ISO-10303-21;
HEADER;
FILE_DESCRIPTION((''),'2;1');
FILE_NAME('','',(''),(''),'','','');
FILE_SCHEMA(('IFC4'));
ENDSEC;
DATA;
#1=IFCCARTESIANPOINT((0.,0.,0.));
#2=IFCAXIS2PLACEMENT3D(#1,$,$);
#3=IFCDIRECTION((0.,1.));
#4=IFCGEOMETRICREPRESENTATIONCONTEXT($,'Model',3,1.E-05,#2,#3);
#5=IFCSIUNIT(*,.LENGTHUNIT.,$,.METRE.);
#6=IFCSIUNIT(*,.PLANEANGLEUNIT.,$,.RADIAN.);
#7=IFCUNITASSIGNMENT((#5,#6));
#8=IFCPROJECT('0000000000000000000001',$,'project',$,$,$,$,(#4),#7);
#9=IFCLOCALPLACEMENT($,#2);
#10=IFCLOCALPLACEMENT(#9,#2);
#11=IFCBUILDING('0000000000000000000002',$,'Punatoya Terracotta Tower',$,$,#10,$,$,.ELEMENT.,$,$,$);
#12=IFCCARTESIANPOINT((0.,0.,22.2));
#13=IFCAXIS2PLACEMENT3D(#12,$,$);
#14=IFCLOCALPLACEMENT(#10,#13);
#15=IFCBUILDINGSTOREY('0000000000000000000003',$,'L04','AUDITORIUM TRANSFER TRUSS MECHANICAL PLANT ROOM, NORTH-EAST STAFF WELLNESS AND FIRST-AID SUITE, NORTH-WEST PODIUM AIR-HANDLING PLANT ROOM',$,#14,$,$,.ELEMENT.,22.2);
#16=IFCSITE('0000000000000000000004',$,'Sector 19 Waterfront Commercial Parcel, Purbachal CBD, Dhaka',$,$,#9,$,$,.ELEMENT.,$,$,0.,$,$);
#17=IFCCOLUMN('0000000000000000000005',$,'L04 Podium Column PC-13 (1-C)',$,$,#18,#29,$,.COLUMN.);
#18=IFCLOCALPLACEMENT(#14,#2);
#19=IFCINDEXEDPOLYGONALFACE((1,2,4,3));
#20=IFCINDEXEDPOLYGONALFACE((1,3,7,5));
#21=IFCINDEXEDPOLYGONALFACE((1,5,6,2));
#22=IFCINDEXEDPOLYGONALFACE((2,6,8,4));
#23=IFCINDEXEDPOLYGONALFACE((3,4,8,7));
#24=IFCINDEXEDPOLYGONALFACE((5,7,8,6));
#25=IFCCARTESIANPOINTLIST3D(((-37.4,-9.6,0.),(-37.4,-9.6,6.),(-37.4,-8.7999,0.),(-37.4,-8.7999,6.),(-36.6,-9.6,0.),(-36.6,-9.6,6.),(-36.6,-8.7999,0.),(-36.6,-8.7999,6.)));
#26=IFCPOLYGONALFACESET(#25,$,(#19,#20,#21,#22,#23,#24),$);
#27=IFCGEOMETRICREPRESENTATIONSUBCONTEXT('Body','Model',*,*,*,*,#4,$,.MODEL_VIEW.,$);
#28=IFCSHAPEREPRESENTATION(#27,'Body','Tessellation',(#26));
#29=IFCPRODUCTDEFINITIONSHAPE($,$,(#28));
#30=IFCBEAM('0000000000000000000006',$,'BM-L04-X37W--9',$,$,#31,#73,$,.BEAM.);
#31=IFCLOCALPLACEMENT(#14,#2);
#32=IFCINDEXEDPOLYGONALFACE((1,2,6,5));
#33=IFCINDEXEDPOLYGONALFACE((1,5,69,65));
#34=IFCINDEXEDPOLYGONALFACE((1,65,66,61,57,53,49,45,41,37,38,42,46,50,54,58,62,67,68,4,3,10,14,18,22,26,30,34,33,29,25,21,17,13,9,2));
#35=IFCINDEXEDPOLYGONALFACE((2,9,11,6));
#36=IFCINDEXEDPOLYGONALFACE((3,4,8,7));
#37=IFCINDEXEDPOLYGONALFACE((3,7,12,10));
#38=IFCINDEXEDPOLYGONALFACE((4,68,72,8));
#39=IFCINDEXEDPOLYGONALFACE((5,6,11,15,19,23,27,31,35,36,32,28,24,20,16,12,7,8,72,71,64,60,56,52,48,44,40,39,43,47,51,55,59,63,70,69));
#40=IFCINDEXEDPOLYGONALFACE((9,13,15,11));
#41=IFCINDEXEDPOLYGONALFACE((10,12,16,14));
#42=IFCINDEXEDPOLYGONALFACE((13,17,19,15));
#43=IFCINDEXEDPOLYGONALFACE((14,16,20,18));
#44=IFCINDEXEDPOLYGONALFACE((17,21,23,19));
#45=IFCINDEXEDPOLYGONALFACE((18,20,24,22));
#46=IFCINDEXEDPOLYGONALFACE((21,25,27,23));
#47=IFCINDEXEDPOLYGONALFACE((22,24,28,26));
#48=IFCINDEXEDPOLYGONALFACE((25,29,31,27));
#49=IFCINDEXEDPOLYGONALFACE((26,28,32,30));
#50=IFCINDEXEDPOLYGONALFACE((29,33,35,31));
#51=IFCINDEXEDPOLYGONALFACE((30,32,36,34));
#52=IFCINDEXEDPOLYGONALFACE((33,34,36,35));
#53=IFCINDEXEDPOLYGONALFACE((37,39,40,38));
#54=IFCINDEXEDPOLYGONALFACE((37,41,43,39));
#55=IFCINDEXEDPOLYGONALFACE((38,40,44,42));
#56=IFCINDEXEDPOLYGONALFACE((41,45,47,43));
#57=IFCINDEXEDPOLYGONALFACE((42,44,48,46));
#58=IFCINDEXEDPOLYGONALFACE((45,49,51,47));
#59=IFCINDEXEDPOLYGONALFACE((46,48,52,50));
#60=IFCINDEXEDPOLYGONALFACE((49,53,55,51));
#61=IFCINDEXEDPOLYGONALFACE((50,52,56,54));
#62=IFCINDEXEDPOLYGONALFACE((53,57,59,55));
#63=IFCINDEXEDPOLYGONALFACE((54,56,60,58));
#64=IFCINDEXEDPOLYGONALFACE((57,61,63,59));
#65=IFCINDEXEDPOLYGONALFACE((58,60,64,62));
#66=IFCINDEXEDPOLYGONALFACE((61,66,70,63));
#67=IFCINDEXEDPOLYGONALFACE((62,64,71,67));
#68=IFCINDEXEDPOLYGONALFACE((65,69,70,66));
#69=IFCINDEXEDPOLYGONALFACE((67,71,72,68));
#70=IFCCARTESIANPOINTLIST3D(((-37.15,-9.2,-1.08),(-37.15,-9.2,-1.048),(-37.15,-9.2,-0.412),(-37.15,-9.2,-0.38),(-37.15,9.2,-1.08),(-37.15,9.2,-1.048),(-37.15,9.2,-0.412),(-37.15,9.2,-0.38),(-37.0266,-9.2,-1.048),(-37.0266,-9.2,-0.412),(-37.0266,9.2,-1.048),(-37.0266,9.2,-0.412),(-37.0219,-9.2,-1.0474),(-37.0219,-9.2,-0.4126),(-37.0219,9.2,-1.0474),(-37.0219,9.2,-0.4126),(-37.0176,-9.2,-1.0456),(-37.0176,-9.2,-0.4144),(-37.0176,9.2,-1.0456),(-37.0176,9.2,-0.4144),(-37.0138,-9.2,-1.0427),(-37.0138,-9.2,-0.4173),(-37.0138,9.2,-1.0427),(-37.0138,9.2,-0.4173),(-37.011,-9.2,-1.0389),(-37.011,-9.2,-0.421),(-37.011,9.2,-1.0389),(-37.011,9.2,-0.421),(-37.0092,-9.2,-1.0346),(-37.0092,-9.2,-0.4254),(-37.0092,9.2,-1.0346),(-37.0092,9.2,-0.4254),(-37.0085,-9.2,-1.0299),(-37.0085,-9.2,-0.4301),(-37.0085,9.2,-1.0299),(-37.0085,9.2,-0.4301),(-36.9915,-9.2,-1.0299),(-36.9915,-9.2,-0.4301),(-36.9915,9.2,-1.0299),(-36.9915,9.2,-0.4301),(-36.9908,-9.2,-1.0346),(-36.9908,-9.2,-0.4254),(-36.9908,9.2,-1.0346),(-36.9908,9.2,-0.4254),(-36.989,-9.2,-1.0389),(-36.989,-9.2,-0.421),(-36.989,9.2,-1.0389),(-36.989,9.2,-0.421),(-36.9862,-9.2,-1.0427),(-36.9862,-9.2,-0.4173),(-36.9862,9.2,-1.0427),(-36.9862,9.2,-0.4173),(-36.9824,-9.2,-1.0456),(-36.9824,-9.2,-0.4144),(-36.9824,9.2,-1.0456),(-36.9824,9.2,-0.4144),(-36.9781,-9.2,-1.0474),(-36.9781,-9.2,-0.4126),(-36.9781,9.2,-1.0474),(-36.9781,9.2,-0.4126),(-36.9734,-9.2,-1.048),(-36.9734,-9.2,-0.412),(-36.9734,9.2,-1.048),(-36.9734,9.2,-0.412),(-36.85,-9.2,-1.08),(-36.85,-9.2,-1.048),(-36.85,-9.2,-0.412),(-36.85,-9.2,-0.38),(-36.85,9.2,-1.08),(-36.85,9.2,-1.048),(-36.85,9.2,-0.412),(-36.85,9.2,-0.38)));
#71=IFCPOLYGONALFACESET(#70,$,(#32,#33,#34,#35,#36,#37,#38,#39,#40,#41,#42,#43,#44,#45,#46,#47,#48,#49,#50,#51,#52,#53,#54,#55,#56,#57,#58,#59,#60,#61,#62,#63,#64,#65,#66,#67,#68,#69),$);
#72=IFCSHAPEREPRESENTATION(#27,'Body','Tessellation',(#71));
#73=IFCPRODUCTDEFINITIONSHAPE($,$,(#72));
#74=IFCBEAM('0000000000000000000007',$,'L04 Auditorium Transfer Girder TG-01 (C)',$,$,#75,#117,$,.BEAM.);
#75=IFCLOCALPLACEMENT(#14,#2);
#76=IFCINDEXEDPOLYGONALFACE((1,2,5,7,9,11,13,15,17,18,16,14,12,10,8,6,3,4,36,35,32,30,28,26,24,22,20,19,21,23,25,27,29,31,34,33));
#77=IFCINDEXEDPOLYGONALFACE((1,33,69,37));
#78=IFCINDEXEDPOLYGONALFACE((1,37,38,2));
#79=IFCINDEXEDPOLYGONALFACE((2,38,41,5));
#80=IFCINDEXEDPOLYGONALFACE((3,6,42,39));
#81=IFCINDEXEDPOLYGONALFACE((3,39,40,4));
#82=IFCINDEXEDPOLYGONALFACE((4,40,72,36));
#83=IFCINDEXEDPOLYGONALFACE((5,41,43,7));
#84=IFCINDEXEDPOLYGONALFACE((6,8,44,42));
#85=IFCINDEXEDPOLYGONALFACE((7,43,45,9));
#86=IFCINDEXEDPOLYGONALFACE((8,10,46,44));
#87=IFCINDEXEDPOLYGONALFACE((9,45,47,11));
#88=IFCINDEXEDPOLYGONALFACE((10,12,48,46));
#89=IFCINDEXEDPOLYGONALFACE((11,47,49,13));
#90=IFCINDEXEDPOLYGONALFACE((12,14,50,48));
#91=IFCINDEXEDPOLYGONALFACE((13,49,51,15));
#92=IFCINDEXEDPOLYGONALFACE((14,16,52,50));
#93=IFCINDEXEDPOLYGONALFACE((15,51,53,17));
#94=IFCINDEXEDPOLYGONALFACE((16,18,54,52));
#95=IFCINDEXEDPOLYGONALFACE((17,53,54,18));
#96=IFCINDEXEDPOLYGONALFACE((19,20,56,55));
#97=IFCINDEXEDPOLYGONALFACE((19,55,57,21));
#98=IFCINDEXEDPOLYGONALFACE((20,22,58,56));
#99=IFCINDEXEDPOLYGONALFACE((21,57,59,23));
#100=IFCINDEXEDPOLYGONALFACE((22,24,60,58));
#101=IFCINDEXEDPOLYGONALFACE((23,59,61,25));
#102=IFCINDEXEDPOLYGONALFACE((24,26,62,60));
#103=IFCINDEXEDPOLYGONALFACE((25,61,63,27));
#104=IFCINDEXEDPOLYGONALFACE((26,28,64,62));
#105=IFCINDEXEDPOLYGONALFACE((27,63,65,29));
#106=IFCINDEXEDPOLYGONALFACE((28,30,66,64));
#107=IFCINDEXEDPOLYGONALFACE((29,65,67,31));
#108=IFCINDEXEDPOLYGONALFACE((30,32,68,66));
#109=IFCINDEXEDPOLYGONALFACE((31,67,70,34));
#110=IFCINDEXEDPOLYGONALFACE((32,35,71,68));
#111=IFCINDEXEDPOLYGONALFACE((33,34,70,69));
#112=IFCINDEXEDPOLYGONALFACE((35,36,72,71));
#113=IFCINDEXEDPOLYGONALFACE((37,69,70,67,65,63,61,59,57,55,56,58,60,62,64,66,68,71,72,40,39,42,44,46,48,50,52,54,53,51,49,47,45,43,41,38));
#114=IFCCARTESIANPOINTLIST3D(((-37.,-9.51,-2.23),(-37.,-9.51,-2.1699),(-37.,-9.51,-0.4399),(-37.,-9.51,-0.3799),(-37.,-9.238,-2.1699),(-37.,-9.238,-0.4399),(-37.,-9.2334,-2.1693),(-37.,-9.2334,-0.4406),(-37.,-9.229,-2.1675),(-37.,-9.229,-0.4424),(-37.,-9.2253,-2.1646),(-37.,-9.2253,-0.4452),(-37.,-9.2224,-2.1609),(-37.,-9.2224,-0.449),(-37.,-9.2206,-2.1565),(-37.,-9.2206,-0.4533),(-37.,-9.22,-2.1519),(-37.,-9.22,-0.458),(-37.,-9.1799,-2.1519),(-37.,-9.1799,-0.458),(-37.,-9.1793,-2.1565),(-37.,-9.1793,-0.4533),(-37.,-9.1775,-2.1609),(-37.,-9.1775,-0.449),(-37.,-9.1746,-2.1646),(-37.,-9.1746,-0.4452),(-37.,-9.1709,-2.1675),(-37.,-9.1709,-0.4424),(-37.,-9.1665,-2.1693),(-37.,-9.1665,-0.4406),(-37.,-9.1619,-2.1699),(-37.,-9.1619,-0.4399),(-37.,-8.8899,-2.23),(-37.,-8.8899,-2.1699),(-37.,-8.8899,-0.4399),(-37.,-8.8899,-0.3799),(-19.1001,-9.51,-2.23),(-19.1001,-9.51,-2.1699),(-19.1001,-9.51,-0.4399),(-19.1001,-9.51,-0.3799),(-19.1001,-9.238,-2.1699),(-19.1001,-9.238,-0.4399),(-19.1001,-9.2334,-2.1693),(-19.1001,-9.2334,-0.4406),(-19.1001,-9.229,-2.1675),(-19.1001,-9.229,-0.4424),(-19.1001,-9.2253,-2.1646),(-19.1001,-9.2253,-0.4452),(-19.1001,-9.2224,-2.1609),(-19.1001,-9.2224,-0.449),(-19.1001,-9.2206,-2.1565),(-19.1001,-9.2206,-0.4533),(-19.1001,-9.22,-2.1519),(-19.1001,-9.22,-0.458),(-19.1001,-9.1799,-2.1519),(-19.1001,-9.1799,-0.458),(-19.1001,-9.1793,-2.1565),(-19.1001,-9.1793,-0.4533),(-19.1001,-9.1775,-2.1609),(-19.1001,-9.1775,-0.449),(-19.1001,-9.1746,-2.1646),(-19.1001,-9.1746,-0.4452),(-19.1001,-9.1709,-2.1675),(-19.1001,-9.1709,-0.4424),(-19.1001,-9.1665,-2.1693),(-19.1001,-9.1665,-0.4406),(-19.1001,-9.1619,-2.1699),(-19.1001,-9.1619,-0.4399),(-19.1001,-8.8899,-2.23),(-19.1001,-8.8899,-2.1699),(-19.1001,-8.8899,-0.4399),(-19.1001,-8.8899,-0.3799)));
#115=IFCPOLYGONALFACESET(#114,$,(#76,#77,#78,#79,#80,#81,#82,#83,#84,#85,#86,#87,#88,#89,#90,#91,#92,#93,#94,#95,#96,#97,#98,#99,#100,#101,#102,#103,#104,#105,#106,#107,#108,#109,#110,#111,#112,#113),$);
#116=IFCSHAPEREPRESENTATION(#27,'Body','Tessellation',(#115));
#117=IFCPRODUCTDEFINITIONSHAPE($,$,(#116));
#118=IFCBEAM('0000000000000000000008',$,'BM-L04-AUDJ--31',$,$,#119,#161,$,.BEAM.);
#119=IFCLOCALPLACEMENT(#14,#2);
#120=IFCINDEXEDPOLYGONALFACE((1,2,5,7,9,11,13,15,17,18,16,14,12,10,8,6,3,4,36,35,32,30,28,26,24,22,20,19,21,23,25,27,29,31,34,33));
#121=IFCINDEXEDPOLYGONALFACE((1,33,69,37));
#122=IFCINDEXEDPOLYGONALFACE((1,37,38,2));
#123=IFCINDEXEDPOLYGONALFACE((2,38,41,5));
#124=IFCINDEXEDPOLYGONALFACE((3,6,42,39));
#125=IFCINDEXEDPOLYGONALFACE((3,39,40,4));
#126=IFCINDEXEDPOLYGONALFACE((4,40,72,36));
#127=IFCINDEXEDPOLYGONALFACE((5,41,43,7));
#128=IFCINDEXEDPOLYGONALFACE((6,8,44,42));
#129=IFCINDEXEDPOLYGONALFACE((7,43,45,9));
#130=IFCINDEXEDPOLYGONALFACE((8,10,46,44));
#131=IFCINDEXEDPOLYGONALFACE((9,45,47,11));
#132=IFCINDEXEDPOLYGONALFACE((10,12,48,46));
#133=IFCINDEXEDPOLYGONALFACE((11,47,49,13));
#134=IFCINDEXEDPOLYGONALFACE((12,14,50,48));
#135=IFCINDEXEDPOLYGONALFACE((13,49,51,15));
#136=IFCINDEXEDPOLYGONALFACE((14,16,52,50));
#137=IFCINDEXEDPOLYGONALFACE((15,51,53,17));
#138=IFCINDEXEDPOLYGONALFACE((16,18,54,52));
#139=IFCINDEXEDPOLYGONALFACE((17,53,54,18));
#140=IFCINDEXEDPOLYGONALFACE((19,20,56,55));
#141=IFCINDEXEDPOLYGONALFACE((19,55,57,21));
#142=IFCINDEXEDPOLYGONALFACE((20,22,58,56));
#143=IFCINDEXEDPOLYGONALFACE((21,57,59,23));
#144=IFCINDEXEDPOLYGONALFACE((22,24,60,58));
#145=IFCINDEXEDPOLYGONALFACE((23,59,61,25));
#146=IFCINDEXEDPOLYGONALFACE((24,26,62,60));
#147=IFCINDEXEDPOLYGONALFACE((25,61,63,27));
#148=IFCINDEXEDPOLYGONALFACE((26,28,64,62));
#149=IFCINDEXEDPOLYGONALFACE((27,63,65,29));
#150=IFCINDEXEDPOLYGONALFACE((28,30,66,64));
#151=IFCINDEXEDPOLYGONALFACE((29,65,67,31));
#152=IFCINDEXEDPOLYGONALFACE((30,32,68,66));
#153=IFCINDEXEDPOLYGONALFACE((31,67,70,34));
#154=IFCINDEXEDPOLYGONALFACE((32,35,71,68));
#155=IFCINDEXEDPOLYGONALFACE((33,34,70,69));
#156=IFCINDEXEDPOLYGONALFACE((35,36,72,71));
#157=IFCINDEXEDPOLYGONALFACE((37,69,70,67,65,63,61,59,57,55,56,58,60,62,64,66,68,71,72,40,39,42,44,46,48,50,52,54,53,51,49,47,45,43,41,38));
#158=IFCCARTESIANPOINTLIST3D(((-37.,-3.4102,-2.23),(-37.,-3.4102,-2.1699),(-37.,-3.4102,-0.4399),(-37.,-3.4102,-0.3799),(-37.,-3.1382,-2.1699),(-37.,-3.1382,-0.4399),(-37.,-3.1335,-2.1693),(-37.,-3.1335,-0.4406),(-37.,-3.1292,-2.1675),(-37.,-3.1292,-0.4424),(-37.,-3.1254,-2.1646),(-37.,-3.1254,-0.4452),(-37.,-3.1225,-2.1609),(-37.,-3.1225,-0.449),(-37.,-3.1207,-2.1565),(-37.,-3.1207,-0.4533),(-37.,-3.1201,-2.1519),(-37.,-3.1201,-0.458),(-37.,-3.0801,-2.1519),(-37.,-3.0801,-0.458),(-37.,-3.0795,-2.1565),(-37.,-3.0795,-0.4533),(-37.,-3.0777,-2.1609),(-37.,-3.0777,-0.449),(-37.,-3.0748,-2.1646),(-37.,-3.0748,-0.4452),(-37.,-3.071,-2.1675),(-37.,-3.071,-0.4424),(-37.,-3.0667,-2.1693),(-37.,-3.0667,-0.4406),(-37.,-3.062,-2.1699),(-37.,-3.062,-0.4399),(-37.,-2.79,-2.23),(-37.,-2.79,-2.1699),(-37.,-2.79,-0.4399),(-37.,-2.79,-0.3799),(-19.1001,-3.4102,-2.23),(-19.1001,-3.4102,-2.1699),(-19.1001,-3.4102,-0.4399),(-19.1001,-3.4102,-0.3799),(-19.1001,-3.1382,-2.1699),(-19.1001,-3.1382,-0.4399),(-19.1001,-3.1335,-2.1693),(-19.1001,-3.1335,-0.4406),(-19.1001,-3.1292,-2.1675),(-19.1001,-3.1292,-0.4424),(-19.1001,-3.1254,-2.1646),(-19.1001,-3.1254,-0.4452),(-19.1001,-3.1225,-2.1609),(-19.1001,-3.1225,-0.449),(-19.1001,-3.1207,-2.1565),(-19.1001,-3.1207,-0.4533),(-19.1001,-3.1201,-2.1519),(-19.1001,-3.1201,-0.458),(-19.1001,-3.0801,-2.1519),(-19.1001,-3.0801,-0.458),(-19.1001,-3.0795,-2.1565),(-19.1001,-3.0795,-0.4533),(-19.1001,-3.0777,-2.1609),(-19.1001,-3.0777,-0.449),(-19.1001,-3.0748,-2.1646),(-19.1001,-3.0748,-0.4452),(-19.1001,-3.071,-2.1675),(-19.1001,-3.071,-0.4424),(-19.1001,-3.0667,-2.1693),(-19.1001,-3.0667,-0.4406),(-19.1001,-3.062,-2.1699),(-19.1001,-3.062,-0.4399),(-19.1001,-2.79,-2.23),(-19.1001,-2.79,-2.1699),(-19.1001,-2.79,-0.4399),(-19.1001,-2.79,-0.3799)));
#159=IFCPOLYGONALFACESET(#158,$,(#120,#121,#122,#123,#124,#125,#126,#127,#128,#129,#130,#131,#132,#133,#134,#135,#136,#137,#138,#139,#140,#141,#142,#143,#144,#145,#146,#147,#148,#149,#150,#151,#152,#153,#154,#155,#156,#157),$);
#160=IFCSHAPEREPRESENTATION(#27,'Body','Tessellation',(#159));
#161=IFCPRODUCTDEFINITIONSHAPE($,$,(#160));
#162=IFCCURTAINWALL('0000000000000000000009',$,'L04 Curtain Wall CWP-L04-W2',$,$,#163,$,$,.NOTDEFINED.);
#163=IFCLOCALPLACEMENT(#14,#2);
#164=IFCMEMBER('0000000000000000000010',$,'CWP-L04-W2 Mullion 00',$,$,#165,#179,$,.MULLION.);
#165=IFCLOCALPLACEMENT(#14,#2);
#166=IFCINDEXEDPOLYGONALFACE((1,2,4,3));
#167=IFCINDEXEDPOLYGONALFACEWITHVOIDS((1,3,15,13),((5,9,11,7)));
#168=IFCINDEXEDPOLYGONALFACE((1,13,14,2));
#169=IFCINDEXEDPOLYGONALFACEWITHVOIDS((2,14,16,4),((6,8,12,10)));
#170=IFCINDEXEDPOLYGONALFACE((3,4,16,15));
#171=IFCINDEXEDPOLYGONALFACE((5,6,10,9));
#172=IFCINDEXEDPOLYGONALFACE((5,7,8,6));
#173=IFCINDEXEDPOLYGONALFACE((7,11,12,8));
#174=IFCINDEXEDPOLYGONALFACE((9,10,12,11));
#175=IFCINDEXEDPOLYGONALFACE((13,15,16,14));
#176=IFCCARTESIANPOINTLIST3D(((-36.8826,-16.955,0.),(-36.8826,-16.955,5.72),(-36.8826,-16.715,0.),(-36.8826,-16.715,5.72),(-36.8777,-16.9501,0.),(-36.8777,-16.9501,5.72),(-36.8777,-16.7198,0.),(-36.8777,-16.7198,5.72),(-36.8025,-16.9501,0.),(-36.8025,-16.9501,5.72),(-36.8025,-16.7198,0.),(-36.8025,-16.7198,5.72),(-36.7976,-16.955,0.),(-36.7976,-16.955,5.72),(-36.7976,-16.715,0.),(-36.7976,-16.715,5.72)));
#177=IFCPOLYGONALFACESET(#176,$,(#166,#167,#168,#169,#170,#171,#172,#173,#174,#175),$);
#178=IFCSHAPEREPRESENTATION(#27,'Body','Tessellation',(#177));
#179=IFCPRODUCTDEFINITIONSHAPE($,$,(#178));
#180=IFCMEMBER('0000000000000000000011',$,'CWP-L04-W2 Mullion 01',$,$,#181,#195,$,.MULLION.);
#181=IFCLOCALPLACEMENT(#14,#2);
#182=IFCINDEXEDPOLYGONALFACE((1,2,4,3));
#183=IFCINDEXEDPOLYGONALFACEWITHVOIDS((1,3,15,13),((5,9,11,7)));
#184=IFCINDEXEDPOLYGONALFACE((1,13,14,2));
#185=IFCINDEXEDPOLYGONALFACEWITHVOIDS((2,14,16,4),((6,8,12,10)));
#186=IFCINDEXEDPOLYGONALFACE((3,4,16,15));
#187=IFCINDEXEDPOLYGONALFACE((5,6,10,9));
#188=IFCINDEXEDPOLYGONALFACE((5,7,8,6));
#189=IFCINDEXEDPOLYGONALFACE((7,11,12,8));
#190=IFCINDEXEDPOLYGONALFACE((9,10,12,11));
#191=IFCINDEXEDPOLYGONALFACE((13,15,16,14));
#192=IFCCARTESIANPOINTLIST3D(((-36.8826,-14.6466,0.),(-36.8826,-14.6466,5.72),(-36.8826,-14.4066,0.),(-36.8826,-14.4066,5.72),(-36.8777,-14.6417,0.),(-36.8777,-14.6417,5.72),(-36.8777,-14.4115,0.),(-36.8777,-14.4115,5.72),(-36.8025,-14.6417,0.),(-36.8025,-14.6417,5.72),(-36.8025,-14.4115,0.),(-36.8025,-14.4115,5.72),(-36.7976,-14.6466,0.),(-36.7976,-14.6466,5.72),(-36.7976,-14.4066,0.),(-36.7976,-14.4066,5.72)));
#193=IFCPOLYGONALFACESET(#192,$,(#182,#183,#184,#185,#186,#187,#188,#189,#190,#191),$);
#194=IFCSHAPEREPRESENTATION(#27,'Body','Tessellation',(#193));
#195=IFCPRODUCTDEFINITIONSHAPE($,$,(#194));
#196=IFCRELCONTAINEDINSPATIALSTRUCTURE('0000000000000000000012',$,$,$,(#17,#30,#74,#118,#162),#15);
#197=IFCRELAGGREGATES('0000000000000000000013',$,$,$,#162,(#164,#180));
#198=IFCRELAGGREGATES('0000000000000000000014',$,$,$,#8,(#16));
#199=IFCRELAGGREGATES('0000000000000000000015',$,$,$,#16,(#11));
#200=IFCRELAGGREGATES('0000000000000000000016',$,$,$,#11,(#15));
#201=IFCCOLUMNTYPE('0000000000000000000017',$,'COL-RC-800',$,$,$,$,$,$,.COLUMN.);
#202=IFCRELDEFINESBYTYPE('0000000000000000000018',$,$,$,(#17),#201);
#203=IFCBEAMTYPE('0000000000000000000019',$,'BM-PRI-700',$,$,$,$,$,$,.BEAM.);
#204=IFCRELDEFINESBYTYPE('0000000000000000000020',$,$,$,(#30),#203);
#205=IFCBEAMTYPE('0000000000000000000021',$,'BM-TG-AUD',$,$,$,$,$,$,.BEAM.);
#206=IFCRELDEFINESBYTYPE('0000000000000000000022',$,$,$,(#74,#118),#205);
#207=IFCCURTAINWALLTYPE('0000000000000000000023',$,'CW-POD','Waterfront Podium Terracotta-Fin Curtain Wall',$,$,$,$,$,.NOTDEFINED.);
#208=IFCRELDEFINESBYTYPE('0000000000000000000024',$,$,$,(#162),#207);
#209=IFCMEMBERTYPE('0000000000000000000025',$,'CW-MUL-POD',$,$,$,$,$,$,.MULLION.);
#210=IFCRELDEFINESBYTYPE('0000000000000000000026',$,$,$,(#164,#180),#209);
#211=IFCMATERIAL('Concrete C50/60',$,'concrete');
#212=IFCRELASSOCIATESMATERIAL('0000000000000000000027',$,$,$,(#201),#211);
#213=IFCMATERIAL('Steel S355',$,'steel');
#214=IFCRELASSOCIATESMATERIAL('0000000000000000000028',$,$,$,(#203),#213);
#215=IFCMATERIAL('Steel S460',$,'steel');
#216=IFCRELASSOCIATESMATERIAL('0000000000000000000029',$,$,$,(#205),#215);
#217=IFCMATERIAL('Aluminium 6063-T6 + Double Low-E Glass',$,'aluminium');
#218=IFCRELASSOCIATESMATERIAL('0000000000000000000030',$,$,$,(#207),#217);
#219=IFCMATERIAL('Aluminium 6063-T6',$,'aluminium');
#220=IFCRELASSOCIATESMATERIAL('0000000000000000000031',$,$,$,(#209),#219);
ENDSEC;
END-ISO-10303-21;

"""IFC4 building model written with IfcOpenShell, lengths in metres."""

from ifc_helpers import new_model, si_unit, direction, frame, origin, origin_2d, place, context, subcontext, project, spatial, rectangle, hollow_rectangle, i_section, extrude, material, material_profile, profile_set, type_object, element, aggregate, save


model = new_model("IFC4")

# Units and contexts
model_context = context("Model", 3, precision=1e-05, world=origin(), true_north=direction((0.0, 1.0)))
body_context = subcontext(model_context, "Body", "Model", "MODEL_VIEW")
ifc_project = project(units=[si_unit("LENGTHUNIT", "METRE"), si_unit("PLANEANGLEUNIT", "RADIAN")], contexts=[model_context])

# Site, building, storey
site_placement = place(None, origin())
site = spatial("IfcSite", under=ifc_project, at=site_placement, Name="Sector 19 Waterfront Commercial Parcel, Purbachal CBD, Dhaka", CompositionType="ELEMENT", RefElevation=0.0)
building_placement = place(site_placement, origin())
building = spatial("IfcBuilding", under=site, at=building_placement, Name="Punatoya Terracotta Tower", CompositionType="ELEMENT")
storey_placement = place(building_placement, frame((0.0, 0.0, 22.2)))
storey = spatial("IfcBuildingStorey", under=building, at=storey_placement, Name="L04", Description="AUDITORIUM TRANSFER TRUSS MECHANICAL PLANT ROOM, NORTH-EAST STAFF WELLNESS AND FIRST-AID SUITE, NORTH-WEST PODIUM AIR-HANDLING PLANT ROOM", CompositionType="ELEMENT", Elevation=22.2)

# Column
ifc_material_1 = material(Name="Concrete C50/60", Category="concrete")
ifc_material_profile_1 = material_profile(ifc_material_1, rectangle(XDim=0.8, YDim=0.8, at=origin_2d()))
ifc_profile_set_1 = profile_set([ifc_material_profile_1], Name="Concrete C50/60")
column_type = type_object("IfcColumnType", Name="COL-RC-800", PredefinedType="COLUMN", material=ifc_profile_set_1)
column_placement = place(storey_placement, frame((-37.0, -9.2, 0.0), z_axis=(0.0, 0.0, 1.0), x_axis=(1.0, 0.0, 0.0)))
element("IfcColumn", 1, at=column_placement, inside=storey, type_object=column_type, Name="L04 Podium Column PC-13 (1-C)", PredefinedType="COLUMN", context=body_context, shape_type="SweptSolid", body=[
    extrude(rectangle(XDim=0.8, YDim=0.8, at=origin_2d()), origin(), (0.0, 0.0, 1.0), 6.0),
])

# Beams
ifc_material_2 = material(Name="Steel S355", Category="steel")
ifc_material_profile_2 = material_profile(ifc_material_2, i_section(OverallWidth=0.3, OverallDepth=0.7, WebThickness=0.0171, FlangeThickness=0.032, FilletRadius=0.0181, at=origin_2d()))
ifc_profile_set_2 = profile_set([ifc_material_profile_2], Name="Steel S355")
beam_type_1 = type_object("IfcBeamType", Name="BM-PRI-700", PredefinedType="BEAM", material=ifc_profile_set_2)
beam_placement = place(storey_placement, frame((-37.0, -9.2, -0.73), z_axis=(0.0, 1.0, 0.0), x_axis=(-1.0, 0.0, 0.0)))
element("IfcBeam", 2, at=beam_placement, inside=storey, type_object=beam_type_1, Name="BM-L04-X37W--9", PredefinedType="BEAM", context=body_context, shape_type="SweptSolid", body=[
    extrude(i_section(OverallWidth=0.3, OverallDepth=0.7, WebThickness=0.0171, FlangeThickness=0.032, FilletRadius=0.0181, at=origin_2d()), origin(), (0.0, 0.0, 1.0), 18.3999),
])
ifc_material_3 = material(Name="Steel S460", Category="steel")
ifc_material_profile_3 = material_profile(ifc_material_3, i_section(OverallWidth=0.6201, OverallDepth=1.8501, WebThickness=0.04, FlangeThickness=0.0601, FilletRadius=0.0181, at=origin_2d()))
ifc_profile_set_3 = profile_set([ifc_material_profile_3], Name="Steel S460")
beam_type_2 = type_object("IfcBeamType", Name="BM-TG-AUD", PredefinedType="BEAM", material=ifc_profile_set_3)
for number, where, z_axis, x_axis, name in (
    (3, (-37.0, -9.2, -1.3049), (1.0, 0.0, 0.0), (0.0, 1.0, 0.0), "L04 Auditorium Transfer Girder TG-01 (C)"),
    (4, (-37.0, -3.1001, -1.3049), (1.0, 0.0, 0.0), (0.0, 1.0, 0.0), "BM-L04-AUDJ--31"),
):
    element("IfcBeam", number, at=place(storey_placement, frame(where, z_axis=z_axis, x_axis=x_axis)), inside=storey, type_object=beam_type_2, Name=name, PredefinedType="BEAM", context=body_context, shape_type="SweptSolid", body=[
        extrude(i_section(OverallWidth=0.6201, OverallDepth=1.8501, WebThickness=0.04, FlangeThickness=0.0601, FilletRadius=0.0181, at=origin_2d()), origin(), (0.0, 0.0, 1.0), 17.8999),
    ])

# Curtain wall, members
ifc_material_4 = material(Name="Aluminium 6063-T6 + Double Low-E Glass", Category="aluminium")
curtain_wall_type = type_object("IfcCurtainWallType", Name="CW-POD", Description="Waterfront Podium Terracotta-Fin Curtain Wall", PredefinedType="NOTDEFINED", material=ifc_material_4)
curtain_wall_placement = place(storey_placement, origin())
curtain_wall = element("IfcCurtainWall", 5, at=curtain_wall_placement, inside=storey, type_object=curtain_wall_type, Name="L04 Curtain Wall CWP-L04-W2", PredefinedType="NOTDEFINED")
ifc_material_5 = material(Name="Aluminium 6063-T6", Category="aluminium")
ifc_material_profile_4 = material_profile(ifc_material_5, hollow_rectangle(XDim=0.085, YDim=0.24, WallThickness=0.0049, at=origin_2d()))
ifc_profile_set_4 = profile_set([ifc_material_profile_4], Name="Aluminium 6063-T6")
member_type_1 = type_object("IfcMemberType", Name="CW-MUL-POD", PredefinedType="MULLION", material=ifc_profile_set_4)
member_1_placement = place(storey_placement, frame((-36.8401, -16.835, 0.0), z_axis=(0.0, 0.0, 1.0), x_axis=(1.0, 0.0, 0.0)))
member_1 = element("IfcMember", 6, at=member_1_placement, type_object=member_type_1, Name="CWP-L04-W2 Mullion 00", PredefinedType="MULLION", context=body_context, shape_type="SweptSolid", body=[
    extrude(hollow_rectangle(XDim=0.085, YDim=0.24, WallThickness=0.0049, at=origin_2d()), origin(), (0.0, 0.0, 1.0), 5.72),
])
member_2_placement = place(storey_placement, frame((-36.8401, -14.5266, 0.0), z_axis=(0.0, 0.0, 1.0), x_axis=(1.0, 0.0, 0.0)))
member_2 = element("IfcMember", 7, at=member_2_placement, type_object=member_type_1, Name="CWP-L04-W2 Mullion 01", PredefinedType="MULLION", context=body_context, shape_type="SweptSolid", body=[
    extrude(hollow_rectangle(XDim=0.085, YDim=0.24, WallThickness=0.0049, at=origin_2d()), origin(), (0.0, 0.0, 1.0), 5.72),
])
aggregate(curtain_wall, [member_1, member_2])

save(model, "model.ifc")
